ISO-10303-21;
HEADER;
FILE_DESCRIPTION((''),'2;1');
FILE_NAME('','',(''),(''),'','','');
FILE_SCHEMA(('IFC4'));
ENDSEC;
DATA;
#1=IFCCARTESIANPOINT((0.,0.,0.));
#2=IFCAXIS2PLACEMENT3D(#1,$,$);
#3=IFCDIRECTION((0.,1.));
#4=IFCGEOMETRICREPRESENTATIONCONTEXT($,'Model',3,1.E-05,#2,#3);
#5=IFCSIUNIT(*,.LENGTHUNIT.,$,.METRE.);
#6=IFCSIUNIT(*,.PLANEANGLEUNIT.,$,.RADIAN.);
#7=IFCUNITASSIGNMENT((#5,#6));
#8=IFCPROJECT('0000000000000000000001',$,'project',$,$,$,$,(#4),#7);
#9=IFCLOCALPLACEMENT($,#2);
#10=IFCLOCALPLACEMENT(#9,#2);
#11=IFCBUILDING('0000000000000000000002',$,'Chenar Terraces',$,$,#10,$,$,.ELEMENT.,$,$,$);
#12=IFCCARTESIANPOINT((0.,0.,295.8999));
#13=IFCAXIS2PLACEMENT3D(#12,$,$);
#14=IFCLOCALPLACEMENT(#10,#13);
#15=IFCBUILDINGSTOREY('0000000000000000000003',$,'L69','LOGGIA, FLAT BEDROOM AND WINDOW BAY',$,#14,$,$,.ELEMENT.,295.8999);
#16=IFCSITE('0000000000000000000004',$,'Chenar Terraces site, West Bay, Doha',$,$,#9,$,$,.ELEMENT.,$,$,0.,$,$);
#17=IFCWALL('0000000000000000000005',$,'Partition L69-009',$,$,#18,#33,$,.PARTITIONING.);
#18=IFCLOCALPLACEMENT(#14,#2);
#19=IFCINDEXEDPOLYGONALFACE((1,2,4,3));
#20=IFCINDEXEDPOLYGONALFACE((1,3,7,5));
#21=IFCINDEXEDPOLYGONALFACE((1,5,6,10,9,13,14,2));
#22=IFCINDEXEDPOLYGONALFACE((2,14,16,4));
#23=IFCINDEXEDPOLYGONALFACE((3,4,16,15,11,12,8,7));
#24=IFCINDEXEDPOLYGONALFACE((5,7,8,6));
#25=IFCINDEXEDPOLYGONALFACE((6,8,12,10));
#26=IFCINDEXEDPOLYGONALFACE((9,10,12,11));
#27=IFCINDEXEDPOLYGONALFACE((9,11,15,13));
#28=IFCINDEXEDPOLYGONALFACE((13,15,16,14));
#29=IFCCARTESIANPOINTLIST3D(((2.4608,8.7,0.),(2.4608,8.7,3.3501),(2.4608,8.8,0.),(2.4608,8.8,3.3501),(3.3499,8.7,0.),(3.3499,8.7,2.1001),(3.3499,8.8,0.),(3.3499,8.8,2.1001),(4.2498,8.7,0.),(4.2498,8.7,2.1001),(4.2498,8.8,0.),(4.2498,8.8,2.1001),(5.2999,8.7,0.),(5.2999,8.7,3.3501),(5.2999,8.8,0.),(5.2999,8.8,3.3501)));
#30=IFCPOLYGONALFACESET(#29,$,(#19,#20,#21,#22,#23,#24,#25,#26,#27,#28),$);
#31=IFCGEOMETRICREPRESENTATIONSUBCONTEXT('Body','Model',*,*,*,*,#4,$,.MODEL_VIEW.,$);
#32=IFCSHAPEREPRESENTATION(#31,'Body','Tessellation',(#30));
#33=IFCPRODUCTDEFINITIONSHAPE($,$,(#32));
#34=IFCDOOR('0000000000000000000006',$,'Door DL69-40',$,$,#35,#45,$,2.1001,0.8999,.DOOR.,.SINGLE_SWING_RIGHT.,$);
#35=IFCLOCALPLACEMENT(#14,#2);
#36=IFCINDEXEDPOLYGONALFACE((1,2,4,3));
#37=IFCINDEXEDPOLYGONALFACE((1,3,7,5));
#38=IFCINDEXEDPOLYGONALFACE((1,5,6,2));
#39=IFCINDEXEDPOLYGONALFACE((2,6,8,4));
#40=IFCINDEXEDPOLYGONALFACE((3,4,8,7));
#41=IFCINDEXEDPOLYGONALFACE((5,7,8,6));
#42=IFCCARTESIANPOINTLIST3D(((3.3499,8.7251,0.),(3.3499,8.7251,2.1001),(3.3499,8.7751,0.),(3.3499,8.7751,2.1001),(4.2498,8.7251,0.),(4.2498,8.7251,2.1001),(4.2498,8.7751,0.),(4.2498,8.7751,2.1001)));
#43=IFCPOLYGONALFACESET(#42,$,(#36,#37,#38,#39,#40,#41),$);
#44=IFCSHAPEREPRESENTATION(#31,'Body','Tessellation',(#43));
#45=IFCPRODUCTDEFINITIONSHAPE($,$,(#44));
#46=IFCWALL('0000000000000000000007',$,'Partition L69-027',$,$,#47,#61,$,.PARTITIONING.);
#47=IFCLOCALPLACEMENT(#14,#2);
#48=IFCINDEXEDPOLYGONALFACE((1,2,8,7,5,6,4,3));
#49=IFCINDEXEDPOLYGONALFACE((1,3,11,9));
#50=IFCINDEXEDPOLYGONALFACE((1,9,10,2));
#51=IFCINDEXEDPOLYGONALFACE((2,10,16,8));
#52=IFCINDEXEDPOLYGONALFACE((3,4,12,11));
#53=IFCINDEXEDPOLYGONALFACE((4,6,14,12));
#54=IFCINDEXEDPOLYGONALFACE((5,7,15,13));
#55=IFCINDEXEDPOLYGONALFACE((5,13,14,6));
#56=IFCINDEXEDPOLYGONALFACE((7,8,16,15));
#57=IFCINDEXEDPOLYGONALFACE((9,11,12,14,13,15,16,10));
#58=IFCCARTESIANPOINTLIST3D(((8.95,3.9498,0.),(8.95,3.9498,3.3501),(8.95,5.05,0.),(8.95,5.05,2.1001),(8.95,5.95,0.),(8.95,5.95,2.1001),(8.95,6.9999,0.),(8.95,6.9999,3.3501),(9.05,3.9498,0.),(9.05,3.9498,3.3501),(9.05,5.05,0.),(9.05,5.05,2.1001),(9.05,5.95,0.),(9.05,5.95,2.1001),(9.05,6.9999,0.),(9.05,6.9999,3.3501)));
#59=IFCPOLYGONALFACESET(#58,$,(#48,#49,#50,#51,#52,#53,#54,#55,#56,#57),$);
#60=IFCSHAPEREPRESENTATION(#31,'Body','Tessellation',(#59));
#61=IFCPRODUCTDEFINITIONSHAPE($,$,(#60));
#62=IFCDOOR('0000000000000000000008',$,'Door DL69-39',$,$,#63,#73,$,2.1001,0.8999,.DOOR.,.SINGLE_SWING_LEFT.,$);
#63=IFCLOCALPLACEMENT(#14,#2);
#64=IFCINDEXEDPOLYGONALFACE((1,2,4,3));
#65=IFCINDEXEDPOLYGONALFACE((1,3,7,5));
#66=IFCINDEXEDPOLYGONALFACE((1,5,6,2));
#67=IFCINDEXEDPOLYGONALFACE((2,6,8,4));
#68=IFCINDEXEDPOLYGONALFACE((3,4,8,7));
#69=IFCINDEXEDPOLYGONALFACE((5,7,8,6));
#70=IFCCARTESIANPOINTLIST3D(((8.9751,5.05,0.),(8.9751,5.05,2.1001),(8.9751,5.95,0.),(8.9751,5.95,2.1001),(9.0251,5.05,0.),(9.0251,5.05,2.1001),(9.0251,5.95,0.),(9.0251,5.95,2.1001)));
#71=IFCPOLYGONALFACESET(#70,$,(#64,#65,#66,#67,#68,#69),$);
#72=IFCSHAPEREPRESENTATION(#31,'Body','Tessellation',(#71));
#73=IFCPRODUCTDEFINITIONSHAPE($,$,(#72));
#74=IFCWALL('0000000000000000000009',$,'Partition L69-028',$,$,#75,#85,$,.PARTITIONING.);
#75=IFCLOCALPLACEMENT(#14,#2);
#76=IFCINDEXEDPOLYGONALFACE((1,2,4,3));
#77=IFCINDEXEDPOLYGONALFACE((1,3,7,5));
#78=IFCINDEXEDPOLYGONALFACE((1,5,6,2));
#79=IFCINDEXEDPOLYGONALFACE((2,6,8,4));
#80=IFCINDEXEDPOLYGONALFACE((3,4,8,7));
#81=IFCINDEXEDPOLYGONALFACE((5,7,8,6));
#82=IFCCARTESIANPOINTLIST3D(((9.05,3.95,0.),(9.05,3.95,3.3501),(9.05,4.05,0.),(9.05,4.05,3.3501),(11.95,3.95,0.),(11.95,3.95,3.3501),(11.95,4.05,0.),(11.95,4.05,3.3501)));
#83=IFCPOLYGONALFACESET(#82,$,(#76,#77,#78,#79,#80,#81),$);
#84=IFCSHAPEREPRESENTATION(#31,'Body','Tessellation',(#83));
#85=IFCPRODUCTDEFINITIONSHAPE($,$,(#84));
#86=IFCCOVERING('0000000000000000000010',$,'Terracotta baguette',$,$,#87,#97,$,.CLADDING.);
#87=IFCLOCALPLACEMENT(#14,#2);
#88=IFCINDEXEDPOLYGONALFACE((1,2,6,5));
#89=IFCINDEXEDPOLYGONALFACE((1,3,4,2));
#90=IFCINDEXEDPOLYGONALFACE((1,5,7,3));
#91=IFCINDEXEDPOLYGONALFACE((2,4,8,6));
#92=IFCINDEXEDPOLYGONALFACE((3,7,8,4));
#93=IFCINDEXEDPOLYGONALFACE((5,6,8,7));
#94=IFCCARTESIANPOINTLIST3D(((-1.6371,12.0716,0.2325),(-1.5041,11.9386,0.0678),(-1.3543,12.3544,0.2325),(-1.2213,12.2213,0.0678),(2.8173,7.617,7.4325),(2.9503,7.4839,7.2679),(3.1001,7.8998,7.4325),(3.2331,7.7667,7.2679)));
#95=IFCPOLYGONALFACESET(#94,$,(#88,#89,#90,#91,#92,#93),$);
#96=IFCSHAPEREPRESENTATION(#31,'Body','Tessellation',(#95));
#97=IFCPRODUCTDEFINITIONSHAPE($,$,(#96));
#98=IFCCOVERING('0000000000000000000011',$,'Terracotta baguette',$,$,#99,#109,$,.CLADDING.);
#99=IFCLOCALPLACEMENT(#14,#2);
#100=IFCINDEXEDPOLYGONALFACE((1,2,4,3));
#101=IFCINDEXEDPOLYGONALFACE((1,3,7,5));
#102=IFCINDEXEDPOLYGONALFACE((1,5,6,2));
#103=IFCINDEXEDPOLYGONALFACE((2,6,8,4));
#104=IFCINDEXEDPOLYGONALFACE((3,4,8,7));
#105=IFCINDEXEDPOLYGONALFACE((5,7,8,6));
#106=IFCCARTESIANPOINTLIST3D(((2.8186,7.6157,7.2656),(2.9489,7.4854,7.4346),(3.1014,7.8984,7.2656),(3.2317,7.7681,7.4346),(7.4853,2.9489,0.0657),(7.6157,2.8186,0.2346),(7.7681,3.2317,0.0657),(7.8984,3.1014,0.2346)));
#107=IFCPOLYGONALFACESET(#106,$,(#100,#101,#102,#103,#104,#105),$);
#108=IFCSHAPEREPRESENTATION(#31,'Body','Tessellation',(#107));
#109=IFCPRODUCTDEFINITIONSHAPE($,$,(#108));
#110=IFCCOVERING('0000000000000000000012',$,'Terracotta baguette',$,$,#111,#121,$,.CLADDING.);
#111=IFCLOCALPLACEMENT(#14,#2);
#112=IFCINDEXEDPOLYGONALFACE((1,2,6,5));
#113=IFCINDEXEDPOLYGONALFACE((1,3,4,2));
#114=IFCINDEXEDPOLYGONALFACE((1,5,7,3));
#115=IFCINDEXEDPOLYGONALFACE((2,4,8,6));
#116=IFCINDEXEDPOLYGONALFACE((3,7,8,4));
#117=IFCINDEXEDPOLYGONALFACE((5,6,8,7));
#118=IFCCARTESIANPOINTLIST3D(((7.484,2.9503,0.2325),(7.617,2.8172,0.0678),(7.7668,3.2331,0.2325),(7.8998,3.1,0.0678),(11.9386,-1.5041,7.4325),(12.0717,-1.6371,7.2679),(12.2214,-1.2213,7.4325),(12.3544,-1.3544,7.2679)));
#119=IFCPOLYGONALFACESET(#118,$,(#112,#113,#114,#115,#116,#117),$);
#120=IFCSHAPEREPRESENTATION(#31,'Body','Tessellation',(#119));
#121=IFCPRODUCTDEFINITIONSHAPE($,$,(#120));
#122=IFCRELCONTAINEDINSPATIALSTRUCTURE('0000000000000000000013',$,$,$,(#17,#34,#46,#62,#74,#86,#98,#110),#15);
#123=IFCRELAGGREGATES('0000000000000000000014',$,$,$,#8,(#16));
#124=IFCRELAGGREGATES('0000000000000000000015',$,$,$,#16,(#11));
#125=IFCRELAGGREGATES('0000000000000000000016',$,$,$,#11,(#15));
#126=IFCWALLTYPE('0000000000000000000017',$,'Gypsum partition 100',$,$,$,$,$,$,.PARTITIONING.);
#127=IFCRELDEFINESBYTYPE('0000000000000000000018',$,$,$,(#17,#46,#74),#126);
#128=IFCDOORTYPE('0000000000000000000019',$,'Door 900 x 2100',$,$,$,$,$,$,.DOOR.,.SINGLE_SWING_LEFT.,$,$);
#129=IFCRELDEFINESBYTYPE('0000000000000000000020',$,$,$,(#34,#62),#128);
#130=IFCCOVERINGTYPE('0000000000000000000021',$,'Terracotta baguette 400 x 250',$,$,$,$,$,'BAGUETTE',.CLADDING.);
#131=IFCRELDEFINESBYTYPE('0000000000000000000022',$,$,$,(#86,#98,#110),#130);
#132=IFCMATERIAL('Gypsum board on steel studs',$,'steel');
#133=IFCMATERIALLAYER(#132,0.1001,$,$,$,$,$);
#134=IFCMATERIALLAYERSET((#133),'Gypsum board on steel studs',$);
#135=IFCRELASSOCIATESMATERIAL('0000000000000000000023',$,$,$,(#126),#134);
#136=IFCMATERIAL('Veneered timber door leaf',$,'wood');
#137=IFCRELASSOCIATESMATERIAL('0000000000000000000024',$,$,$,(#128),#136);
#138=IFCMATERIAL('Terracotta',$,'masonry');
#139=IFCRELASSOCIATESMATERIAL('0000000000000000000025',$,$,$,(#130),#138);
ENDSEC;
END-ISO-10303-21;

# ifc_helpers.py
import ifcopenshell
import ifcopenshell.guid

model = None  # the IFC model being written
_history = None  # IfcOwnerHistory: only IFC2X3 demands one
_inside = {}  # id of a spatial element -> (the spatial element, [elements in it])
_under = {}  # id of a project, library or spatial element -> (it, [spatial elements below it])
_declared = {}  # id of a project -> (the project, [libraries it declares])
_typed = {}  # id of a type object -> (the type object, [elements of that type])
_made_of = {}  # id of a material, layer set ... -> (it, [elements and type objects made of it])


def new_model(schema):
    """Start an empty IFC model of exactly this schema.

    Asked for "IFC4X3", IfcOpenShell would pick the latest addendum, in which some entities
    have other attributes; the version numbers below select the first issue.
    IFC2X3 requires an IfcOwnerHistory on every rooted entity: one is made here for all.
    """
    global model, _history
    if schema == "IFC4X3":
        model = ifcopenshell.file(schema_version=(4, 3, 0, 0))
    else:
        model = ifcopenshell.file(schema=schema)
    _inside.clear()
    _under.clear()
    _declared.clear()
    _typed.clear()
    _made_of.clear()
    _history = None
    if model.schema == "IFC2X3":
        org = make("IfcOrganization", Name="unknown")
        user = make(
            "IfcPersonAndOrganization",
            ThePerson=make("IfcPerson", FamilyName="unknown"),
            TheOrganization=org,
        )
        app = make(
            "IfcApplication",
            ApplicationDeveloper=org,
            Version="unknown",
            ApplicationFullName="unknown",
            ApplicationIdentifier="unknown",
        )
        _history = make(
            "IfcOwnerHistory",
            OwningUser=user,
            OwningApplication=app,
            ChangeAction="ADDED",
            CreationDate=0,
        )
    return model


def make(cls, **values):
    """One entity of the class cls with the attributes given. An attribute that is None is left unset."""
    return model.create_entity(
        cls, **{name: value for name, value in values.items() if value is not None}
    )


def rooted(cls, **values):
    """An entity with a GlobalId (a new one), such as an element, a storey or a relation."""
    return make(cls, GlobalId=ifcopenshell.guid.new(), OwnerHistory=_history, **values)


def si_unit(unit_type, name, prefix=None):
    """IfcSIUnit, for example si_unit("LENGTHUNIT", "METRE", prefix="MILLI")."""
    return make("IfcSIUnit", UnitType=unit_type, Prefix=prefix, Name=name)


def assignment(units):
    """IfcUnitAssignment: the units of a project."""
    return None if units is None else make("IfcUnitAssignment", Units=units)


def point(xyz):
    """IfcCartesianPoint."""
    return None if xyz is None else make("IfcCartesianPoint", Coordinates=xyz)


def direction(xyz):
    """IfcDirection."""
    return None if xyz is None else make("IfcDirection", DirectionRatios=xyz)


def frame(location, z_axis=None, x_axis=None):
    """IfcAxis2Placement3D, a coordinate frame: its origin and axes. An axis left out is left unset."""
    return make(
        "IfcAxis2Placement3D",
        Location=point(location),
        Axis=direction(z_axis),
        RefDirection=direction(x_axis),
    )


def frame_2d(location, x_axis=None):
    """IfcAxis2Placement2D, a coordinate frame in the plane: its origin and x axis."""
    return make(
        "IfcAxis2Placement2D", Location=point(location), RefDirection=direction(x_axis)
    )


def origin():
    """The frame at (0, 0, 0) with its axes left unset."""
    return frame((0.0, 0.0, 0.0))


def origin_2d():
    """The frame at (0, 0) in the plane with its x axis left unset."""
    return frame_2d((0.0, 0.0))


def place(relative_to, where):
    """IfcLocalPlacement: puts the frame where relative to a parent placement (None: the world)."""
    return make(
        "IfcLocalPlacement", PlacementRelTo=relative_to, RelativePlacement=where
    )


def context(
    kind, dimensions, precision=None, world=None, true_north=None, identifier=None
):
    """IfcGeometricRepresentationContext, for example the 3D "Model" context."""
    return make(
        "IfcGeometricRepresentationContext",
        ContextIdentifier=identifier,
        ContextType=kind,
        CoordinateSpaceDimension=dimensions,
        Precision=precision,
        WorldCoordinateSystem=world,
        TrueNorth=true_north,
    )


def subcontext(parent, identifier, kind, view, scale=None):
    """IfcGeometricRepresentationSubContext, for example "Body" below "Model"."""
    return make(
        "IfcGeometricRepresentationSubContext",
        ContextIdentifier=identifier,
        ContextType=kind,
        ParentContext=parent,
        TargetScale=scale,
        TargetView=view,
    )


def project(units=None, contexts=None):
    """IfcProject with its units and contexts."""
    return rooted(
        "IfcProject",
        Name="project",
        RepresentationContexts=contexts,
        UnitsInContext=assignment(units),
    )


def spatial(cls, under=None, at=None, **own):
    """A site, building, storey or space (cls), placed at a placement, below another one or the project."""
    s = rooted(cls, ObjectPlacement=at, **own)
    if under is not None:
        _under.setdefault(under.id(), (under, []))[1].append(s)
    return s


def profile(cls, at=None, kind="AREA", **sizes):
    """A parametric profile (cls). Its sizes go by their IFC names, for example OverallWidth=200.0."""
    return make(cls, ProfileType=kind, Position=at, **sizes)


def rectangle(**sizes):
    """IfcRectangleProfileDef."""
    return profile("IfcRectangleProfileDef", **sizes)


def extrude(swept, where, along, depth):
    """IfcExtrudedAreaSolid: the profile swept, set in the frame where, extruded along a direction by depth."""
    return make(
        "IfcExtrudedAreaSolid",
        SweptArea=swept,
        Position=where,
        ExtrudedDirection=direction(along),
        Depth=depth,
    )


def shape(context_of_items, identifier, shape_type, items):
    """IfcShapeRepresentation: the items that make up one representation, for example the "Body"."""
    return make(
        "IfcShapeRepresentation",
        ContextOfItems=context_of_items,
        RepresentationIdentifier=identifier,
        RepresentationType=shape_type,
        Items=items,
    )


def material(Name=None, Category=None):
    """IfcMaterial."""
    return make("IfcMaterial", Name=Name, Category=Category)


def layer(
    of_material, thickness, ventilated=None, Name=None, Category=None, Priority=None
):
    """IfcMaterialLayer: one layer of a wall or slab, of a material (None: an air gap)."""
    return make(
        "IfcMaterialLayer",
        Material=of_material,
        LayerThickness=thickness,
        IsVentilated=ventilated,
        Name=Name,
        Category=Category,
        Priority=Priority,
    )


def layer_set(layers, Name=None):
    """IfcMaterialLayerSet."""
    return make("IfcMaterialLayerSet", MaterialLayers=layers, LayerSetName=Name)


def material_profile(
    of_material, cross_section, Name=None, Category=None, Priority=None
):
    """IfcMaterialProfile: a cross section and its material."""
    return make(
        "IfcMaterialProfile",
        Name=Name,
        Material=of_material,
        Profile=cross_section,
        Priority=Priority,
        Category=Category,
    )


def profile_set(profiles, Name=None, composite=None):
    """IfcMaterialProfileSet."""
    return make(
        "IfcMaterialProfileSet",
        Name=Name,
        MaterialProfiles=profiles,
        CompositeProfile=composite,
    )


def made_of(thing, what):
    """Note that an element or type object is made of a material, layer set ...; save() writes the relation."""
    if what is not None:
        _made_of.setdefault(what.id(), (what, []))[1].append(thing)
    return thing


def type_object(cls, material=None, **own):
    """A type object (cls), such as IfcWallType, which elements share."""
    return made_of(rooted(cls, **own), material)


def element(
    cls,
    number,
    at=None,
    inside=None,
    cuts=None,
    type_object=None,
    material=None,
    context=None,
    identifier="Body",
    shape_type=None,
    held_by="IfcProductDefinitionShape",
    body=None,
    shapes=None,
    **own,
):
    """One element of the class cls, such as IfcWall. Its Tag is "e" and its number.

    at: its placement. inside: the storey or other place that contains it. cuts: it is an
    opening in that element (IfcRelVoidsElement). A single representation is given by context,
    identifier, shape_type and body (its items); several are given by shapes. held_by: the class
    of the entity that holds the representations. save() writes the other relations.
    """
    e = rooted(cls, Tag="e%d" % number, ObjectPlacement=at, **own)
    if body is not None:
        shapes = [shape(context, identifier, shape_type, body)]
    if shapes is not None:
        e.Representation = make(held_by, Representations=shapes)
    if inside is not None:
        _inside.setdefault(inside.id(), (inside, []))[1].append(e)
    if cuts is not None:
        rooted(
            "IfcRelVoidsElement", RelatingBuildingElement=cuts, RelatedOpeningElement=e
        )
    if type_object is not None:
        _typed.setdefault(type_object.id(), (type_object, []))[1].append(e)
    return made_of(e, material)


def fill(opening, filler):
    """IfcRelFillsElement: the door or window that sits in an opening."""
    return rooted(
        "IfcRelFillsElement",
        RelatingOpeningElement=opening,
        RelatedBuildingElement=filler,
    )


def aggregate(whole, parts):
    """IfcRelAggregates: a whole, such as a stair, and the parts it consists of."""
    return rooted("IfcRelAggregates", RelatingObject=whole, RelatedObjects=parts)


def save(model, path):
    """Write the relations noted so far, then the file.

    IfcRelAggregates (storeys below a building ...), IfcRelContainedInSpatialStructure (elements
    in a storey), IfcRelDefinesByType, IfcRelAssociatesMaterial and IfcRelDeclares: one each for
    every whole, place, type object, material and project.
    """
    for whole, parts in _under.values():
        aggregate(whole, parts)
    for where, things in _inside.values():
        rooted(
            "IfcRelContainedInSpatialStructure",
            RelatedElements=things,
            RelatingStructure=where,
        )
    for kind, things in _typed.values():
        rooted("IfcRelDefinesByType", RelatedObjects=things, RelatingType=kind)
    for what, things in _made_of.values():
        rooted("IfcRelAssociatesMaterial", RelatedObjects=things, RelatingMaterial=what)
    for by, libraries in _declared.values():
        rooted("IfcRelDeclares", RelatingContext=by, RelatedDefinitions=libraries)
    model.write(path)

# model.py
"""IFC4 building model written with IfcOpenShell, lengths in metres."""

from ifc_helpers import new_model, si_unit, direction, frame, frame_2d, origin, origin_2d, place, context, subcontext, project, spatial, rectangle, extrude, material, layer, layer_set, material_profile, profile_set, type_object, element, fill, save


model = new_model("IFC4")

# Units and contexts
model_context = context("Model", 3, precision=1e-05, world=origin(), true_north=direction((0.0, 1.0)))
body_context = subcontext(model_context, "Body", "Model", "MODEL_VIEW")
ifc_project = project(units=[si_unit("LENGTHUNIT", "METRE"), si_unit("PLANEANGLEUNIT", "RADIAN")], contexts=[model_context])

# Site, building, storey
site_placement = place(None, origin())
site = spatial("IfcSite", under=ifc_project, at=site_placement, Name="Chenar Terraces site, West Bay, Doha", CompositionType="ELEMENT", RefElevation=0.0)
building_placement = place(site_placement, origin())
building = spatial("IfcBuilding", under=site, at=building_placement, Name="Chenar Terraces", CompositionType="ELEMENT")
storey_placement = place(building_placement, frame((0.0, 0.0, 295.8999)))
storey = spatial("IfcBuildingStorey", under=building, at=storey_placement, Name="L69", Description="LOGGIA, FLAT BEDROOM AND WINDOW BAY", CompositionType="ELEMENT", Elevation=295.8999)

# Walls, openings, doors
ifc_material_1 = material(Name="Gypsum board on steel studs", Category="steel")
ifc_layer_1 = layer(ifc_material_1, 0.1001)
ifc_layer_set_1 = layer_set([ifc_layer_1], Name="Gypsum board on steel studs")
wall_type_1 = type_object("IfcWallType", Name="Gypsum partition 100", PredefinedType="PARTITIONING", material=ifc_layer_set_1)
wall_1_placement = place(storey_placement, frame((2.4609, 8.75, 0.0), z_axis=(0.0, 0.0, 1.0), x_axis=(1.0, 0.0, 0.0)))
wall_1 = element("IfcWall", 1, at=wall_1_placement, inside=storey, type_object=wall_type_1, Name="Partition L69-009", PredefinedType="PARTITIONING", context=body_context, shape_type="SweptSolid", body=[
    extrude(rectangle(XDim=2.8391, YDim=0.1001, at=frame_2d((1.4194, 0.0))), origin(), (0.0, 0.0, 1.0), 3.3501),
])
opening_1_placement = place(wall_1_placement, frame((0.8889, 0.0, 0.0)))
opening_1 = element("IfcOpeningElement", 2, at=opening_1_placement, cuts=wall_1, PredefinedType="OPENING", context=body_context, shape_type="SweptSolid", body=[
    extrude(rectangle(XDim=0.8999, YDim=2.1001, at=frame_2d((0.45, 1.05))), frame((0.0, 0.0601, 0.0), z_axis=(0.0, -1.0, 0.0), x_axis=(1.0, 0.0, 0.0)), (0.0, 0.0, 1.0), 0.1201),
])
ifc_material_2 = material(Name="Veneered timber door leaf", Category="wood")
door_type_1 = type_object("IfcDoorType", Name="Door 900 x 2100", OperationType="SINGLE_SWING_LEFT", PredefinedType="DOOR", material=ifc_material_2)
door_1_placement = place(opening_1_placement, frame((0.8999, 0.0, 0.0), z_axis=(0.0, 0.0, 1.0), x_axis=(-1.0, 0.0, 0.0)))
door_1 = element("IfcDoor", 3, at=door_1_placement, inside=storey, type_object=door_type_1, Name="Door DL69-40", OperationType="SINGLE_SWING_RIGHT", OverallHeight=2.1001, OverallWidth=0.8999, PredefinedType="DOOR", context=body_context, shape_type="SweptSolid", body=[
    extrude(rectangle(XDim=0.8999, YDim=2.1001, at=frame_2d((0.45, 1.05))), frame((0.0, 0.0249, 0.0), z_axis=(0.0, -1.0, 0.0), x_axis=(1.0, 0.0, 0.0)), (0.0, 0.0, 1.0), 0.05),
])
fill(opening_1, door_1)
wall_2_placement = place(storey_placement, frame((9.0, 3.95, 0.0), z_axis=(0.0, 0.0, 1.0), x_axis=(0.0, 1.0, 0.0)))
wall_2 = element("IfcWall", 4, at=wall_2_placement, inside=storey, type_object=wall_type_1, Name="Partition L69-027", PredefinedType="PARTITIONING", context=body_context, shape_type="SweptSolid", body=[
    extrude(rectangle(XDim=3.05, YDim=0.1001, at=frame_2d((1.5249, 0.0))), origin(), (0.0, 0.0, 1.0), 3.3501),
])
opening_2_placement = place(wall_2_placement, frame((1.1001, 0.0, 0.0)))
opening_2 = element("IfcOpeningElement", 5, at=opening_2_placement, cuts=wall_2, PredefinedType="OPENING", context=body_context, shape_type="SweptSolid", body=[
    extrude(rectangle(XDim=0.8999, YDim=2.1001, at=frame_2d((0.45, 1.05))), frame((0.0, 0.0601, 0.0), z_axis=(0.0, -1.0, 0.0), x_axis=(1.0, 0.0, 0.0)), (0.0, 0.0, 1.0), 0.1201),
])
door_2_placement = place(opening_2_placement, origin())
door_2 = element("IfcDoor", 6, at=door_2_placement, inside=storey, type_object=door_type_1, Name="Door DL69-39", OperationType="SINGLE_SWING_LEFT", OverallHeight=2.1001, OverallWidth=0.8999, PredefinedType="DOOR", context=body_context, shape_type="SweptSolid", body=[
    extrude(rectangle(XDim=0.8999, YDim=2.1001, at=frame_2d((0.45, 1.05))), frame((0.0, 0.0249, 0.0), z_axis=(0.0, -1.0, 0.0), x_axis=(1.0, 0.0, 0.0)), (0.0, 0.0, 1.0), 0.05),
])
fill(opening_2, door_2)

# Wall
wall_3_placement = place(storey_placement, frame((9.05, 4.0, 0.0), z_axis=(0.0, 0.0, 1.0), x_axis=(1.0, 0.0, 0.0)))
element("IfcWall", 7, at=wall_3_placement, inside=storey, type_object=wall_type_1, Name="Partition L69-028", PredefinedType="PARTITIONING", context=body_context, shape_type="SweptSolid", body=[
    extrude(rectangle(XDim=2.8999, YDim=0.1001, at=frame_2d((1.45, 0.0))), origin(), (0.0, 0.0, 1.0), 3.3501),
])

# Coverings
ifc_material_3 = material(Name="Terracotta", Category="masonry")
ifc_material_profile = material_profile(ifc_material_3, rectangle(XDim=0.3999, YDim=0.25, at=origin_2d()), Name="Terracotta baguette 400 x 250")
ifc_profile_set = profile_set([ifc_material_profile], Name="Terracotta")
covering_type = type_object("IfcCoveringType", Name="Terracotta baguette 400 x 250", ElementType="BAGUETTE", PredefinedType="CLADDING", material=ifc_profile_set)
covering_1_placement = place(storey_placement, frame((-1.4292, 12.1465, 0.1501), z_axis=(0.465604, -0.46563, 0.752597), x_axis=(0.707126, 0.707087, 0.0)))
element("IfcCovering", 8, at=covering_1_placement, inside=storey, type_object=covering_type, Name="Terracotta baguette", PredefinedType="CLADDING", context=body_context, shape_type="SweptSolid", body=[
    extrude(rectangle(XDim=0.3999, YDim=0.25, at=origin_2d()), origin(), (0.0, 0.0, 1.0), 9.5669),
])
covering_2_placement = place(storey_placement, frame((3.0251, 7.6919, 7.3501), z_axis=(0.477803, -0.477803, -0.737163), x_axis=(0.707107, 0.707107, 0.0)))
element("IfcCovering", 9, at=covering_2_placement, inside=storey, type_object=covering_type, Name="Terracotta baguette", PredefinedType="CLADDING", context=body_context, shape_type="SweptSolid", body=[
    extrude(rectangle(XDim=0.3999, YDim=0.25, at=origin_2d()), origin(), (0.0, 0.0, 1.0), 9.7671),
])
covering_3_placement = place(storey_placement, frame((7.6919, 3.0251, 0.1501), z_axis=(0.46563, -0.465604, 0.752597), x_axis=(0.707087, 0.707126, 0.0)))
element("IfcCovering", 10, at=covering_3_placement, inside=storey, type_object=covering_type, Name="Terracotta baguette", PredefinedType="CLADDING", context=body_context, shape_type="SweptSolid", body=[
    extrude(rectangle(XDim=0.3999, YDim=0.25, at=origin_2d()), origin(), (0.0, 0.0, 1.0), 9.5669),
])

save(model, "model.ifc")
